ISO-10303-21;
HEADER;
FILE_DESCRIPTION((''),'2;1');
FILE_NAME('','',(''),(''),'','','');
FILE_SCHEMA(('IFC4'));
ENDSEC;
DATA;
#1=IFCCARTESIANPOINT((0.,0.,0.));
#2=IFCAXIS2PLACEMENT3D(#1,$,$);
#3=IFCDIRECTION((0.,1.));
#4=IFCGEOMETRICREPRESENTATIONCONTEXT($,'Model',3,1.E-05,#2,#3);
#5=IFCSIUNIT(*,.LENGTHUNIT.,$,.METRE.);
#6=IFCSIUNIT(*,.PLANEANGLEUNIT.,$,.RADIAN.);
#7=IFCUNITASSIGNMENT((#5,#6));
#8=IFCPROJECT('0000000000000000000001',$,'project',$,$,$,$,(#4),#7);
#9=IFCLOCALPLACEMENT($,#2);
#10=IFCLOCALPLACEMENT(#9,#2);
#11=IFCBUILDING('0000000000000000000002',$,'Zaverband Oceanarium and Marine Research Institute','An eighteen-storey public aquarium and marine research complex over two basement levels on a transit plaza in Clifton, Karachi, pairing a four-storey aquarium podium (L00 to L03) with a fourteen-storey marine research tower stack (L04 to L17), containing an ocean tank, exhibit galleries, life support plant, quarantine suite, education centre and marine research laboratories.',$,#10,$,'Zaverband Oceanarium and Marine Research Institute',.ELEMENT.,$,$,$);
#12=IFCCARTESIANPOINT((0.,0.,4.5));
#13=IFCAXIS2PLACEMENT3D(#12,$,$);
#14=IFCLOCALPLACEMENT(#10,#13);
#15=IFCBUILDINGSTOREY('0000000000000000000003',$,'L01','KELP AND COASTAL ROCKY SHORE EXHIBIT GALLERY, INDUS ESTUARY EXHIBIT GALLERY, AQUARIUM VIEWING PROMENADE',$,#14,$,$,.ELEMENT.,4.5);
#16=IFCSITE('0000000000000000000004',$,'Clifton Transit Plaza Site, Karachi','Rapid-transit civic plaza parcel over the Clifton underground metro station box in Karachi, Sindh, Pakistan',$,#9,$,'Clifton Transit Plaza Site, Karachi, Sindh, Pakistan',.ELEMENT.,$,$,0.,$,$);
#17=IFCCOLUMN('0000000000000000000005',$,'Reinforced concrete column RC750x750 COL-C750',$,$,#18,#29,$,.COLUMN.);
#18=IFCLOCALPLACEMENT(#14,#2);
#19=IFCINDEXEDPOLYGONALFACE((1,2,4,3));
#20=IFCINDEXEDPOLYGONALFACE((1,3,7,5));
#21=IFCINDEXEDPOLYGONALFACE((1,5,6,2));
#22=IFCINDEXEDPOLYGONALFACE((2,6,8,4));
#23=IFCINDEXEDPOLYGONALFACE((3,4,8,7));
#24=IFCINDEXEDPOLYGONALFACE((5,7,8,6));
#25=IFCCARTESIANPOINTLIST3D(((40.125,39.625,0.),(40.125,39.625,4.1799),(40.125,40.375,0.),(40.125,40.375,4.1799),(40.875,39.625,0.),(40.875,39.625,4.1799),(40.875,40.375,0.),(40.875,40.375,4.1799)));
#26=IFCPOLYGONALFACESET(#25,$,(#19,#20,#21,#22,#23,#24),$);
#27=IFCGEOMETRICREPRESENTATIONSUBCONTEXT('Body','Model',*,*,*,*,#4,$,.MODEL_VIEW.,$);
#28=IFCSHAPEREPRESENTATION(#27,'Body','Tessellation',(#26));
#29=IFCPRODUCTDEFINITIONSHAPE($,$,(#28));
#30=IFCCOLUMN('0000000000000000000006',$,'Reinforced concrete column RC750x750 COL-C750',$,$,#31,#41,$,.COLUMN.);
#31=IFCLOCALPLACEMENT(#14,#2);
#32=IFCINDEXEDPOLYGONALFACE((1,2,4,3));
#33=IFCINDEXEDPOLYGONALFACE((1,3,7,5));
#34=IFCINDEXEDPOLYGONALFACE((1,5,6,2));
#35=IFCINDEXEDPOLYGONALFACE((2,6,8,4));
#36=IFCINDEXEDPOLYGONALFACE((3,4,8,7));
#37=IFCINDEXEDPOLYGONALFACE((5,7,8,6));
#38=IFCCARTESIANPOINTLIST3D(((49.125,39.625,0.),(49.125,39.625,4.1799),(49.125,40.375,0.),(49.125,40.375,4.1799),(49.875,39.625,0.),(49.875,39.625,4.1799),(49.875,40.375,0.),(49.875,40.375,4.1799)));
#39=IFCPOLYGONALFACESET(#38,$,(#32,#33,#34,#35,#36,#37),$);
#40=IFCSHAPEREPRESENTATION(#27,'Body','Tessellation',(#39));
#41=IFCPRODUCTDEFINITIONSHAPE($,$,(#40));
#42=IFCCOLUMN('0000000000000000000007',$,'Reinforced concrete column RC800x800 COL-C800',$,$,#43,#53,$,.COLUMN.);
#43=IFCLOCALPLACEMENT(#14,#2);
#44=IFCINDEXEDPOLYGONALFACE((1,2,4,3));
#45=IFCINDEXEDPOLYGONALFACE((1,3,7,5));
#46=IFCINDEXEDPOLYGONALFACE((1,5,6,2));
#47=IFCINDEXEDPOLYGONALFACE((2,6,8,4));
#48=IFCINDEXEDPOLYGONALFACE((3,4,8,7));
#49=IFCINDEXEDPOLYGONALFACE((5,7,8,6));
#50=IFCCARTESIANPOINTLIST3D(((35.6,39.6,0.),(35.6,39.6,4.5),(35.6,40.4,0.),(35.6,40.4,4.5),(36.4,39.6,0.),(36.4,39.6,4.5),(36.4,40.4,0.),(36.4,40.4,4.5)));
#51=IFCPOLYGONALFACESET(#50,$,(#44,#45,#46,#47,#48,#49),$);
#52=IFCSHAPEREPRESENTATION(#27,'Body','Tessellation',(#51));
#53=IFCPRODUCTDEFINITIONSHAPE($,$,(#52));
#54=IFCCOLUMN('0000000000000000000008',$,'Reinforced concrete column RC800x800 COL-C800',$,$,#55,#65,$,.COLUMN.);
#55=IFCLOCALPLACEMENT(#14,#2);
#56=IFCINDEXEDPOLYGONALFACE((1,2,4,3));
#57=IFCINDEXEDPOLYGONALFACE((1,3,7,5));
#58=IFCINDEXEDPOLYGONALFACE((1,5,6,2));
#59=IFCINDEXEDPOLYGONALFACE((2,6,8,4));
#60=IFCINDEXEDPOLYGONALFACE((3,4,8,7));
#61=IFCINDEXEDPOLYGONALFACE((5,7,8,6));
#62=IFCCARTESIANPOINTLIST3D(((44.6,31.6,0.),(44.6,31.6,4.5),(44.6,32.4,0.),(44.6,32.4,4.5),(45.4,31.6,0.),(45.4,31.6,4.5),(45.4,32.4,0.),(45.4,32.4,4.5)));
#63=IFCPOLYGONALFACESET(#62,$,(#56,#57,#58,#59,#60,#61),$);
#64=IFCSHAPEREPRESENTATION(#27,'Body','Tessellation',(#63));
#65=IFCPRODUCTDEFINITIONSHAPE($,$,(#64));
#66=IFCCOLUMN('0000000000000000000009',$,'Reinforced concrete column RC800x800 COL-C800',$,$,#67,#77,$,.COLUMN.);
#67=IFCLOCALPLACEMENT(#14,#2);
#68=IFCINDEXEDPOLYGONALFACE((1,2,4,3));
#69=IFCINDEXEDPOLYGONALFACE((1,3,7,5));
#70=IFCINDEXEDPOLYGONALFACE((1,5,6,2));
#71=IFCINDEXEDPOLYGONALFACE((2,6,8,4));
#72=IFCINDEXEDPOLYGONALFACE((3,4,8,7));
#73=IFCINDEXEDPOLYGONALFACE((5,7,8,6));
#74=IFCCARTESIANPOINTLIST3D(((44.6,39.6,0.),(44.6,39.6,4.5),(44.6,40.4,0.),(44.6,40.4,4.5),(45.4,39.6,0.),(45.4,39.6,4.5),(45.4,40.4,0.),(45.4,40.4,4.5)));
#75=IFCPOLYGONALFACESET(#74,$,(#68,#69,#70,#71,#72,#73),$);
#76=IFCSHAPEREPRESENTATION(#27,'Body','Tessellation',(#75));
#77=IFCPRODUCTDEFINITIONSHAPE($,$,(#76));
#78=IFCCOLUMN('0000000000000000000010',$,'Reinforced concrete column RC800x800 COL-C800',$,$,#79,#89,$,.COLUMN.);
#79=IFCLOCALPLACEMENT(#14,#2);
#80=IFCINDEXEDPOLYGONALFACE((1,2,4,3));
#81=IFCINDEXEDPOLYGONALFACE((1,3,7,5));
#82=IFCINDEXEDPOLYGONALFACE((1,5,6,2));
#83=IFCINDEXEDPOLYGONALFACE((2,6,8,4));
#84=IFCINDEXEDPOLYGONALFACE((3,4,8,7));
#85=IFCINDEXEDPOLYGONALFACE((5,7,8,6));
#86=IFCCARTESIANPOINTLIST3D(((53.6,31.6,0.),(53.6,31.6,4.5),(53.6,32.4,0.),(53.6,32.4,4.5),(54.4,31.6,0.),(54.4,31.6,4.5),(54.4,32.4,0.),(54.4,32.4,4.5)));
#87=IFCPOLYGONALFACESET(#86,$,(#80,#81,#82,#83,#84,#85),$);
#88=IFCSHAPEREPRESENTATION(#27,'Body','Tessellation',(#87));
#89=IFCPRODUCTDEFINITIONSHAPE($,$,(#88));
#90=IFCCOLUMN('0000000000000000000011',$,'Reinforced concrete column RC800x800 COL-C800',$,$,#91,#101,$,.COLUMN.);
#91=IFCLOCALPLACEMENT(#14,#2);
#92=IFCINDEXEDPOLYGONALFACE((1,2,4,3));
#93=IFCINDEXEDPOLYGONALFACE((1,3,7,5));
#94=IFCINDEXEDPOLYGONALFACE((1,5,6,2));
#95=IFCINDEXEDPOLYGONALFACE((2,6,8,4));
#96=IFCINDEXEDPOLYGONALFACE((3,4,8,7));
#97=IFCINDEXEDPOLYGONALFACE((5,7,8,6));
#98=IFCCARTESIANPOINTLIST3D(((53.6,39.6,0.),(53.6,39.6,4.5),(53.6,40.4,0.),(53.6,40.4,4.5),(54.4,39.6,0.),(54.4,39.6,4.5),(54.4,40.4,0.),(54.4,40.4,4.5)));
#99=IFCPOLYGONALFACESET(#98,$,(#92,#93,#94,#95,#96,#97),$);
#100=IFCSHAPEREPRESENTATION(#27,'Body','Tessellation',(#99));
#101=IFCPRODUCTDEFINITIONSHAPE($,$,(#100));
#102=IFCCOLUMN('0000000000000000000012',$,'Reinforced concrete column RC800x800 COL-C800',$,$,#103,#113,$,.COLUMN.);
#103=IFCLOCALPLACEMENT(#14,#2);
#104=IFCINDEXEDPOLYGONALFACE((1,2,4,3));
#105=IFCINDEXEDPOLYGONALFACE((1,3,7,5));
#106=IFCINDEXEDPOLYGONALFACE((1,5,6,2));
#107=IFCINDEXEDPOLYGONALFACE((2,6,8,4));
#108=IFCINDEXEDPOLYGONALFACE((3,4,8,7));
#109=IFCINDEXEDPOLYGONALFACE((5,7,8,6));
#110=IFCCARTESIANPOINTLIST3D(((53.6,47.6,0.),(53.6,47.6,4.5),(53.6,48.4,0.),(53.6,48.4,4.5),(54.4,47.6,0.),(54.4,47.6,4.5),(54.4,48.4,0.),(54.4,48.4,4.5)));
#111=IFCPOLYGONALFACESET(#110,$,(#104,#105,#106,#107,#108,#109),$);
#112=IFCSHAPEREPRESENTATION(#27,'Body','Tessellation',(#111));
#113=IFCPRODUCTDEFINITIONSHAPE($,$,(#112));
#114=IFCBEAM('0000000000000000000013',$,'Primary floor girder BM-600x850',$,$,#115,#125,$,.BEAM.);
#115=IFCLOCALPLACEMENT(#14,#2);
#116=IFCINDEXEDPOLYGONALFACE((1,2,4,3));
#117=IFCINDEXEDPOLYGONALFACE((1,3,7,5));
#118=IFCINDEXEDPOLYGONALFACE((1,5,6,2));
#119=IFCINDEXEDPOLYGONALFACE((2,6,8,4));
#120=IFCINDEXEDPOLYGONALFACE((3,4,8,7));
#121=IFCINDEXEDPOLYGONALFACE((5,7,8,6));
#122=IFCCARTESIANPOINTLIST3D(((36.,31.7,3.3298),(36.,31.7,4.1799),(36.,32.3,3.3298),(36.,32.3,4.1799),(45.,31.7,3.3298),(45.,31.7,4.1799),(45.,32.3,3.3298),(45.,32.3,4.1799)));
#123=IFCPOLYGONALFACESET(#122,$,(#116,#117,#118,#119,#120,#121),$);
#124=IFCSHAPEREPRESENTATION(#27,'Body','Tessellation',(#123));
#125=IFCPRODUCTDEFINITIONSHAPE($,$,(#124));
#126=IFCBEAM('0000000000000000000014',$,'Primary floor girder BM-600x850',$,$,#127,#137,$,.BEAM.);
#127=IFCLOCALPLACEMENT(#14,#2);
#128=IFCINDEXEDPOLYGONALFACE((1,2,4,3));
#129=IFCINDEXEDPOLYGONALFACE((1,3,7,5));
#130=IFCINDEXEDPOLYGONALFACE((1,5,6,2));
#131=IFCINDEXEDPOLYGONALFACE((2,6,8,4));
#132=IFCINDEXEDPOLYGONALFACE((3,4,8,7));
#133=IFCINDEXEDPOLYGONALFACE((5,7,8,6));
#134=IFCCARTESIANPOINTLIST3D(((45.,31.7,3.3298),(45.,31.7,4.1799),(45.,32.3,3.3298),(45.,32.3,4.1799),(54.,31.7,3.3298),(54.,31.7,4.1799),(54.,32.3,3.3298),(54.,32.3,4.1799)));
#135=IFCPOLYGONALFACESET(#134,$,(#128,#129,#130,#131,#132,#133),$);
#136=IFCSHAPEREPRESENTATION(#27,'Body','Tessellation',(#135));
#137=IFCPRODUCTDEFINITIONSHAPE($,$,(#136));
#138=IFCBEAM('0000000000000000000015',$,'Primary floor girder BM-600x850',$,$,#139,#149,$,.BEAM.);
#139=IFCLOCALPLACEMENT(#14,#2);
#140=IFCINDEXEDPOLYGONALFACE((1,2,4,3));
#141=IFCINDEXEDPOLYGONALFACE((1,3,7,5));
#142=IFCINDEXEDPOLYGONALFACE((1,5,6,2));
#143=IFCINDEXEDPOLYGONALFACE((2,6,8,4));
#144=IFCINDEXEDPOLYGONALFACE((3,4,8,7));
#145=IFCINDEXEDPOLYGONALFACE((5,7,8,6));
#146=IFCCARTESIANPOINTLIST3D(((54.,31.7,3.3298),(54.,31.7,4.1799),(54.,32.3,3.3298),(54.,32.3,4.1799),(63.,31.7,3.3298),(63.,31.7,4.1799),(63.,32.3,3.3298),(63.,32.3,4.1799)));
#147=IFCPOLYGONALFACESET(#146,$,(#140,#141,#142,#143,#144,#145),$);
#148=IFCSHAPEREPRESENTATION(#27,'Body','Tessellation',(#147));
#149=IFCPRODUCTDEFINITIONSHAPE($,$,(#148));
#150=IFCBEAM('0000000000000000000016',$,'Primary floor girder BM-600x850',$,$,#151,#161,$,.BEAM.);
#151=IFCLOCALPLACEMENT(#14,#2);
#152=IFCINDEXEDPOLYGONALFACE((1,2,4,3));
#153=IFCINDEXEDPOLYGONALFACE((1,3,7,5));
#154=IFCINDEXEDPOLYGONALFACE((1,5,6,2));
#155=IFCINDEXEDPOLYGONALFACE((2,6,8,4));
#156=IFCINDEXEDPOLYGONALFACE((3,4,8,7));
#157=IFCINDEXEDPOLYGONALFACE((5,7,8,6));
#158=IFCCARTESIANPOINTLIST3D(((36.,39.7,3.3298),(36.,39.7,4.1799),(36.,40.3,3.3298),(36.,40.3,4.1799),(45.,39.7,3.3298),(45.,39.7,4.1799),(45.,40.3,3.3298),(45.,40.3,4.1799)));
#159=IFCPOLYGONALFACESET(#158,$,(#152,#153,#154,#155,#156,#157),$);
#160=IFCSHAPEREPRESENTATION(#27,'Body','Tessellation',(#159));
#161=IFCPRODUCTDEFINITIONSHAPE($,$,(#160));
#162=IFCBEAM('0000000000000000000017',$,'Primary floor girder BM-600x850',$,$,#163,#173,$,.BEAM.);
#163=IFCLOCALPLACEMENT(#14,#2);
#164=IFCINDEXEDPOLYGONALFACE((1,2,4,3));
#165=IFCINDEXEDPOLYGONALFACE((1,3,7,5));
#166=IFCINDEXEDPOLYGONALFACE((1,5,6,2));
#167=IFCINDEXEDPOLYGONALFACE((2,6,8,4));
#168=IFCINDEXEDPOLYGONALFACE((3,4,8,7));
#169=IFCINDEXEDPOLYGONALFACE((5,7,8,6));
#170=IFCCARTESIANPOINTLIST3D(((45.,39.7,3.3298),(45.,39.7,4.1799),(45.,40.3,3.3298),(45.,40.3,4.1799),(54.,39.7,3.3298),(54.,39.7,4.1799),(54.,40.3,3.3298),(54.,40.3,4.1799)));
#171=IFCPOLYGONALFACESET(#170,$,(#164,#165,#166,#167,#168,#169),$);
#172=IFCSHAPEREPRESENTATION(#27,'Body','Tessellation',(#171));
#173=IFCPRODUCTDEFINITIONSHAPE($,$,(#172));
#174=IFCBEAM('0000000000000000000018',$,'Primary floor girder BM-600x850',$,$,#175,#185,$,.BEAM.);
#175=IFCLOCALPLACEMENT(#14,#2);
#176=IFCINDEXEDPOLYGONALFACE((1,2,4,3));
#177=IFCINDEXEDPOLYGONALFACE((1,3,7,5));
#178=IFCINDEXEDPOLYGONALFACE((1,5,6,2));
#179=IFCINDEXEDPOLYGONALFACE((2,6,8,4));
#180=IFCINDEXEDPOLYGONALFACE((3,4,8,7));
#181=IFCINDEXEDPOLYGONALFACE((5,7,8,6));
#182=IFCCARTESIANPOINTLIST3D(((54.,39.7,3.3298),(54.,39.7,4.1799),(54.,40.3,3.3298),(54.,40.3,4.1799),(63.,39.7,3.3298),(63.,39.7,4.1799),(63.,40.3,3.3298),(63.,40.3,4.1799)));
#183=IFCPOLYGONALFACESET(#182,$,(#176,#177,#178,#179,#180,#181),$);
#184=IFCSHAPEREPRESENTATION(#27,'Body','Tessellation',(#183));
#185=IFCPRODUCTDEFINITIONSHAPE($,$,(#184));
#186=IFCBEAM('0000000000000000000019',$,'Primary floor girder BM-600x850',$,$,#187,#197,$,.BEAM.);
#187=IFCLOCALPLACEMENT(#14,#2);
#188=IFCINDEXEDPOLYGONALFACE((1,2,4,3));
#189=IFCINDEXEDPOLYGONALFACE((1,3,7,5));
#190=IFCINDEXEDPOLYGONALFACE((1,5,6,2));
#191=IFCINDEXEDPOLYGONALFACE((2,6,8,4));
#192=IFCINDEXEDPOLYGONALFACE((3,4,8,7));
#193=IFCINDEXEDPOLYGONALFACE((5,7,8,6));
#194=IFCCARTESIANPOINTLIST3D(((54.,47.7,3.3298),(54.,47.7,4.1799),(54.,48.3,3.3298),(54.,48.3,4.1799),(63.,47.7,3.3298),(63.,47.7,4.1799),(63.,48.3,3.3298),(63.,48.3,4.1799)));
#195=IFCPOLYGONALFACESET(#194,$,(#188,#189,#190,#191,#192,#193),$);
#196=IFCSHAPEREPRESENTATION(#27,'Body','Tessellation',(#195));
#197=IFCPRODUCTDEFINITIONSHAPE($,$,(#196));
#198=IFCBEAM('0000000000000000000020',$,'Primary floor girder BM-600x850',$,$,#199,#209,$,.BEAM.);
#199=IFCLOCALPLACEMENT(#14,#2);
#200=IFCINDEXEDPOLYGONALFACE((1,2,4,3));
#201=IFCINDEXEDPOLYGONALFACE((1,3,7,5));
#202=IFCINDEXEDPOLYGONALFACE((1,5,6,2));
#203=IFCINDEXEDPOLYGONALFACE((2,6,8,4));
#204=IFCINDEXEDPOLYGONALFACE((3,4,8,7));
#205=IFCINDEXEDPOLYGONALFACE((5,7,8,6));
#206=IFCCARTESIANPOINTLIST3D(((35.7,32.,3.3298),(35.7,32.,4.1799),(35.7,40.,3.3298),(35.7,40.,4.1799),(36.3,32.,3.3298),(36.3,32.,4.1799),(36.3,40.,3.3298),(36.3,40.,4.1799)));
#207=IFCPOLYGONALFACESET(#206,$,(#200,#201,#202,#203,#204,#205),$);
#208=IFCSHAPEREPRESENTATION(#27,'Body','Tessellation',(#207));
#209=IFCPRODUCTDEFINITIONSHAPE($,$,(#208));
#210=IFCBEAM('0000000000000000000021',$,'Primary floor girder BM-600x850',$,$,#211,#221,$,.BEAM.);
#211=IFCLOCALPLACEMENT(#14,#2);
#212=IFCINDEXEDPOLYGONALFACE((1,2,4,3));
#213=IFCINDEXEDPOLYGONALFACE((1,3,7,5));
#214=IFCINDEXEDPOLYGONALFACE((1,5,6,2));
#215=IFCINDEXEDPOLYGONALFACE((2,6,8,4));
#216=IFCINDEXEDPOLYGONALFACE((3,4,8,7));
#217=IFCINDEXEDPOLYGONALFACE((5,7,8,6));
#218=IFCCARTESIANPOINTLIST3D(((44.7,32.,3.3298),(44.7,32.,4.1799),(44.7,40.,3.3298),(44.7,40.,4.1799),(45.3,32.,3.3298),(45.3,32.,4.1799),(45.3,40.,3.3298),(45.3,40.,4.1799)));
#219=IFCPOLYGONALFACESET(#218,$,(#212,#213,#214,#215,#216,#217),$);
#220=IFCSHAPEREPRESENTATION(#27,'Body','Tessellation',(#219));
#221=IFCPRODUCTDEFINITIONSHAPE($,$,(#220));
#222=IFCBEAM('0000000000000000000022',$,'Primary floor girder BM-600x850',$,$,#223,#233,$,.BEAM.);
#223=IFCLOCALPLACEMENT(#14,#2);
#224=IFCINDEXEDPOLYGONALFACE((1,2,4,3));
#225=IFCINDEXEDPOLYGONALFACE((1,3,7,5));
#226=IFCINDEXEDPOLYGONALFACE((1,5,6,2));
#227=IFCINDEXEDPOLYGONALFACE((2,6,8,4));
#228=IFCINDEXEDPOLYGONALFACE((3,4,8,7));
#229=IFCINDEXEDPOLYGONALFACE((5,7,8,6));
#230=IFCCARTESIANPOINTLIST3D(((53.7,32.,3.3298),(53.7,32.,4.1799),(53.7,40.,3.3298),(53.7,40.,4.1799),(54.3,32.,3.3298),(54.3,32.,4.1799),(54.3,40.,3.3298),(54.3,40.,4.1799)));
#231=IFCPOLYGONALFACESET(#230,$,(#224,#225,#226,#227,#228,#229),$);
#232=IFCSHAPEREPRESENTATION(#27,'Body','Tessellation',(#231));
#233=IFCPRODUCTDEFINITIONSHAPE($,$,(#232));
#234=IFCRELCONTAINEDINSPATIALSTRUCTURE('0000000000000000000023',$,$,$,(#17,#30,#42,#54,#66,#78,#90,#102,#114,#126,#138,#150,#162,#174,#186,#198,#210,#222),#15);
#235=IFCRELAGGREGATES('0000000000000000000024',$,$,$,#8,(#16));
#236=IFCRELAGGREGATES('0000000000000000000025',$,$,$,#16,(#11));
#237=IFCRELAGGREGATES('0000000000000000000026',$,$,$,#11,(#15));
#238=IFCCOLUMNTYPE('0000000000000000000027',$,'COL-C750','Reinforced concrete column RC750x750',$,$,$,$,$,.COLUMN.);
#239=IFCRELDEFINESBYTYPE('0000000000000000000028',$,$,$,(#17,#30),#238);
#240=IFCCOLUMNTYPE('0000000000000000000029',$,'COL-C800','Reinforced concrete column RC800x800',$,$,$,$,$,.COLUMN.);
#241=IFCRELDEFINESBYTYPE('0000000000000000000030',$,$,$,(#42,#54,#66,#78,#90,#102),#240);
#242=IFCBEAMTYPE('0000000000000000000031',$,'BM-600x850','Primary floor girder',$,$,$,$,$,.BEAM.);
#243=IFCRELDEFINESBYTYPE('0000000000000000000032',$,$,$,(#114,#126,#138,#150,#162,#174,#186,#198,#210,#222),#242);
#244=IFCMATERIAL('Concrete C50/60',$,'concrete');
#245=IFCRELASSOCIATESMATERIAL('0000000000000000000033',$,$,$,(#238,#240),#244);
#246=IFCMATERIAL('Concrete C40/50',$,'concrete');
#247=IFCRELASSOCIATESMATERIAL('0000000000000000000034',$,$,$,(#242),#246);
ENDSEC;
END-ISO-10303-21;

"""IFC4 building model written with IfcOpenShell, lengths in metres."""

from ifc_helpers import new_model, si_unit, direction, frame, origin, origin_2d, place, context, subcontext, project, spatial, rectangle, extrude, material, material_profile, profile_set, type_object, element, save


model = new_model("IFC4")

# Units and contexts
model_context = context("Model", 3, precision=1e-05, world=origin(), true_north=direction((0.0, 1.0)))
body_context = subcontext(model_context, "Body", "Model", "MODEL_VIEW")
ifc_project = project(units=[si_unit("LENGTHUNIT", "METRE"), si_unit("PLANEANGLEUNIT", "RADIAN")], contexts=[model_context])

# Site, building, storey
site_placement = place(None, origin())
site = spatial("IfcSite", under=ifc_project, at=site_placement, Name="Clifton Transit Plaza Site, Karachi", Description="Rapid-transit civic plaza parcel over the Clifton underground metro station box in Karachi, Sindh, Pakistan", LongName="Clifton Transit Plaza Site, Karachi, Sindh, Pakistan", CompositionType="ELEMENT", RefElevation=0.0)
building_placement = place(site_placement, origin())
building = spatial("IfcBuilding", under=site, at=building_placement, Name="Zaverband Oceanarium and Marine Research Institute", Description="An eighteen-storey public aquarium and marine research complex over two basement levels on a transit plaza in Clifton, Karachi, pairing a four-storey aquarium podium (L00 to L03) with a fourteen-storey marine research tower stack (L04 to L17), containing an ocean tank, exhibit galleries, life support plant, quarantine suite, education centre and marine research laboratories.", LongName="Zaverband Oceanarium and Marine Research Institute", CompositionType="ELEMENT")
storey_placement = place(building_placement, frame((0.0, 0.0, 4.5)))
storey = spatial("IfcBuildingStorey", under=building, at=storey_placement, Name="L01", Description="KELP AND COASTAL ROCKY SHORE EXHIBIT GALLERY, INDUS ESTUARY EXHIBIT GALLERY, AQUARIUM VIEWING PROMENADE", CompositionType="ELEMENT", Elevation=4.5)

# Columns
ifc_material_1 = material(Name="Concrete C50/60", Category="concrete")
ifc_material_profile_1 = material_profile(ifc_material_1, rectangle(XDim=0.75, YDim=0.75, at=origin_2d()), Name="RC750x750")
ifc_profile_set_1 = profile_set([ifc_material_profile_1], Name="Concrete C50/60")
column_type_1 = type_object("IfcColumnType", Name="COL-C750", Description="Reinforced concrete column RC750x750", PredefinedType="COLUMN", material=ifc_profile_set_1)
for number, where, z_axis, x_axis, name in (
    (1, (40.5, 40.0, 0.0), (0.0, 0.0, 1.0), (1.0, 0.0, 0.0), "Reinforced concrete column RC750x750 COL-C750"),
    (2, (49.5, 40.0, 0.0), (0.0, 0.0, 1.0), (1.0, 0.0, 0.0), "Reinforced concrete column RC750x750 COL-C750"),
):
    element("IfcColumn", number, at=place(storey_placement, frame(where, z_axis=z_axis, x_axis=x_axis)), inside=storey, type_object=column_type_1, Name=name, PredefinedType="COLUMN", context=body_context, shape_type="SweptSolid", body=[
        extrude(rectangle(XDim=0.75, YDim=0.75, at=origin_2d()), origin(), (0.0, 0.0, 1.0), 4.1799),
    ])
ifc_material_profile_2 = material_profile(ifc_material_1, rectangle(XDim=0.8, YDim=0.8, at=origin_2d()), Name="RC800x800")
ifc_profile_set_2 = profile_set([ifc_material_profile_2], Name="Concrete C50/60")
column_type_2 = type_object("IfcColumnType", Name="COL-C800", Description="Reinforced concrete column RC800x800", PredefinedType="COLUMN", material=ifc_profile_set_2)
for number, where, z_axis, x_axis, name in (
    (3, (36.0, 40.0, 0.0), (0.0, 0.0, 1.0), (1.0, 0.0, 0.0), "Reinforced concrete column RC800x800 COL-C800"),
    (4, (45.0, 32.0, 0.0), (0.0, 0.0, 1.0), (1.0, 0.0, 0.0), "Reinforced concrete column RC800x800 COL-C800"),
    (5, (45.0, 40.0, 0.0), (0.0, 0.0, 1.0), (1.0, 0.0, 0.0), "Reinforced concrete column RC800x800 COL-C800"),
    (6, (54.0, 32.0, 0.0), (0.0, 0.0, 1.0), (1.0, 0.0, 0.0), "Reinforced concrete column RC800x800 COL-C800"),
    (7, (54.0, 40.0, 0.0), (0.0, 0.0, 1.0), (1.0, 0.0, 0.0), "Reinforced concrete column RC800x800 COL-C800"),
    (8, (54.0, 48.0, 0.0), (0.0, 0.0, 1.0), (1.0, 0.0, 0.0), "Reinforced concrete column RC800x800 COL-C800"),
):
    element("IfcColumn", number, at=place(storey_placement, frame(where, z_axis=z_axis, x_axis=x_axis)), inside=storey, type_object=column_type_2, Name=name, PredefinedType="COLUMN", context=body_context, shape_type="SweptSolid", body=[
        extrude(rectangle(XDim=0.8, YDim=0.8, at=origin_2d()), origin(), (0.0, 0.0, 1.0), 4.5),
    ])

# Beams
ifc_material_2 = material(Name="Concrete C40/50", Category="concrete")
ifc_material_profile_3 = material_profile(ifc_material_2, rectangle(XDim=0.6001, YDim=0.8501, at=origin_2d()), Name="RC600x850")
ifc_profile_set_3 = profile_set([ifc_material_profile_3], Name="Concrete C40/50")
beam_type_1 = type_object("IfcBeamType", Name="BM-600x850", Description="Primary floor girder", PredefinedType="BEAM", material=ifc_profile_set_3)
for number, where, z_axis, x_axis, name in (
    (9, (36.0, 32.0, 3.7549), (1.0, 0.0, 0.0), (0.0, 1.0, 0.0), "Primary floor girder BM-600x850"),
    (10, (45.0, 32.0, 3.7549), (1.0, 0.0, 0.0), (0.0, 1.0, 0.0), "Primary floor girder BM-600x850"),
    (11, (54.0, 32.0, 3.7549), (1.0, 0.0, 0.0), (0.0, 1.0, 0.0), "Primary floor girder BM-600x850"),
    (12, (36.0, 40.0, 3.7549), (1.0, 0.0, 0.0), (0.0, 1.0, 0.0), "Primary floor girder BM-600x850"),
    (13, (45.0, 40.0, 3.7549), (1.0, 0.0, 0.0), (0.0, 1.0, 0.0), "Primary floor girder BM-600x850"),
    (14, (54.0, 40.0, 3.7549), (1.0, 0.0, 0.0), (0.0, 1.0, 0.0), "Primary floor girder BM-600x850"),
    (15, (54.0, 48.0, 3.7549), (1.0, 0.0, 0.0), (0.0, 1.0, 0.0), "Primary floor girder BM-600x850"),
):
    element("IfcBeam", number, at=place(storey_placement, frame(where, z_axis=z_axis, x_axis=x_axis)), inside=storey, type_object=beam_type_1, Name=name, PredefinedType="BEAM", context=body_context, shape_type="SweptSolid", body=[
        extrude(rectangle(XDim=0.6001, YDim=0.8501, at=origin_2d()), origin(), (0.0, 0.0, 1.0), 9.0),
    ])
for number, where, z_axis, x_axis, name in (
    (16, (36.0, 32.0, 3.7549), (0.0, 1.0, 0.0), (-1.0, 0.0, 0.0), "Primary floor girder BM-600x850"),
    (17, (45.0, 32.0, 3.7549), (0.0, 1.0, 0.0), (-1.0, 0.0, 0.0), "Primary floor girder BM-600x850"),
    (18, (54.0, 32.0, 3.7549), (0.0, 1.0, 0.0), (-1.0, 0.0, 0.0), "Primary floor girder BM-600x850"),
):
    element("IfcBeam", number, at=place(storey_placement, frame(where, z_axis=z_axis, x_axis=x_axis)), inside=storey, type_object=beam_type_1, Name=name, PredefinedType="BEAM", context=body_context, shape_type="SweptSolid", body=[
        extrude(rectangle(XDim=0.6001, YDim=0.8501, at=origin_2d()), origin(), (0.0, 0.0, 1.0), 8.0),
    ])

save(model, "model.ifc")
